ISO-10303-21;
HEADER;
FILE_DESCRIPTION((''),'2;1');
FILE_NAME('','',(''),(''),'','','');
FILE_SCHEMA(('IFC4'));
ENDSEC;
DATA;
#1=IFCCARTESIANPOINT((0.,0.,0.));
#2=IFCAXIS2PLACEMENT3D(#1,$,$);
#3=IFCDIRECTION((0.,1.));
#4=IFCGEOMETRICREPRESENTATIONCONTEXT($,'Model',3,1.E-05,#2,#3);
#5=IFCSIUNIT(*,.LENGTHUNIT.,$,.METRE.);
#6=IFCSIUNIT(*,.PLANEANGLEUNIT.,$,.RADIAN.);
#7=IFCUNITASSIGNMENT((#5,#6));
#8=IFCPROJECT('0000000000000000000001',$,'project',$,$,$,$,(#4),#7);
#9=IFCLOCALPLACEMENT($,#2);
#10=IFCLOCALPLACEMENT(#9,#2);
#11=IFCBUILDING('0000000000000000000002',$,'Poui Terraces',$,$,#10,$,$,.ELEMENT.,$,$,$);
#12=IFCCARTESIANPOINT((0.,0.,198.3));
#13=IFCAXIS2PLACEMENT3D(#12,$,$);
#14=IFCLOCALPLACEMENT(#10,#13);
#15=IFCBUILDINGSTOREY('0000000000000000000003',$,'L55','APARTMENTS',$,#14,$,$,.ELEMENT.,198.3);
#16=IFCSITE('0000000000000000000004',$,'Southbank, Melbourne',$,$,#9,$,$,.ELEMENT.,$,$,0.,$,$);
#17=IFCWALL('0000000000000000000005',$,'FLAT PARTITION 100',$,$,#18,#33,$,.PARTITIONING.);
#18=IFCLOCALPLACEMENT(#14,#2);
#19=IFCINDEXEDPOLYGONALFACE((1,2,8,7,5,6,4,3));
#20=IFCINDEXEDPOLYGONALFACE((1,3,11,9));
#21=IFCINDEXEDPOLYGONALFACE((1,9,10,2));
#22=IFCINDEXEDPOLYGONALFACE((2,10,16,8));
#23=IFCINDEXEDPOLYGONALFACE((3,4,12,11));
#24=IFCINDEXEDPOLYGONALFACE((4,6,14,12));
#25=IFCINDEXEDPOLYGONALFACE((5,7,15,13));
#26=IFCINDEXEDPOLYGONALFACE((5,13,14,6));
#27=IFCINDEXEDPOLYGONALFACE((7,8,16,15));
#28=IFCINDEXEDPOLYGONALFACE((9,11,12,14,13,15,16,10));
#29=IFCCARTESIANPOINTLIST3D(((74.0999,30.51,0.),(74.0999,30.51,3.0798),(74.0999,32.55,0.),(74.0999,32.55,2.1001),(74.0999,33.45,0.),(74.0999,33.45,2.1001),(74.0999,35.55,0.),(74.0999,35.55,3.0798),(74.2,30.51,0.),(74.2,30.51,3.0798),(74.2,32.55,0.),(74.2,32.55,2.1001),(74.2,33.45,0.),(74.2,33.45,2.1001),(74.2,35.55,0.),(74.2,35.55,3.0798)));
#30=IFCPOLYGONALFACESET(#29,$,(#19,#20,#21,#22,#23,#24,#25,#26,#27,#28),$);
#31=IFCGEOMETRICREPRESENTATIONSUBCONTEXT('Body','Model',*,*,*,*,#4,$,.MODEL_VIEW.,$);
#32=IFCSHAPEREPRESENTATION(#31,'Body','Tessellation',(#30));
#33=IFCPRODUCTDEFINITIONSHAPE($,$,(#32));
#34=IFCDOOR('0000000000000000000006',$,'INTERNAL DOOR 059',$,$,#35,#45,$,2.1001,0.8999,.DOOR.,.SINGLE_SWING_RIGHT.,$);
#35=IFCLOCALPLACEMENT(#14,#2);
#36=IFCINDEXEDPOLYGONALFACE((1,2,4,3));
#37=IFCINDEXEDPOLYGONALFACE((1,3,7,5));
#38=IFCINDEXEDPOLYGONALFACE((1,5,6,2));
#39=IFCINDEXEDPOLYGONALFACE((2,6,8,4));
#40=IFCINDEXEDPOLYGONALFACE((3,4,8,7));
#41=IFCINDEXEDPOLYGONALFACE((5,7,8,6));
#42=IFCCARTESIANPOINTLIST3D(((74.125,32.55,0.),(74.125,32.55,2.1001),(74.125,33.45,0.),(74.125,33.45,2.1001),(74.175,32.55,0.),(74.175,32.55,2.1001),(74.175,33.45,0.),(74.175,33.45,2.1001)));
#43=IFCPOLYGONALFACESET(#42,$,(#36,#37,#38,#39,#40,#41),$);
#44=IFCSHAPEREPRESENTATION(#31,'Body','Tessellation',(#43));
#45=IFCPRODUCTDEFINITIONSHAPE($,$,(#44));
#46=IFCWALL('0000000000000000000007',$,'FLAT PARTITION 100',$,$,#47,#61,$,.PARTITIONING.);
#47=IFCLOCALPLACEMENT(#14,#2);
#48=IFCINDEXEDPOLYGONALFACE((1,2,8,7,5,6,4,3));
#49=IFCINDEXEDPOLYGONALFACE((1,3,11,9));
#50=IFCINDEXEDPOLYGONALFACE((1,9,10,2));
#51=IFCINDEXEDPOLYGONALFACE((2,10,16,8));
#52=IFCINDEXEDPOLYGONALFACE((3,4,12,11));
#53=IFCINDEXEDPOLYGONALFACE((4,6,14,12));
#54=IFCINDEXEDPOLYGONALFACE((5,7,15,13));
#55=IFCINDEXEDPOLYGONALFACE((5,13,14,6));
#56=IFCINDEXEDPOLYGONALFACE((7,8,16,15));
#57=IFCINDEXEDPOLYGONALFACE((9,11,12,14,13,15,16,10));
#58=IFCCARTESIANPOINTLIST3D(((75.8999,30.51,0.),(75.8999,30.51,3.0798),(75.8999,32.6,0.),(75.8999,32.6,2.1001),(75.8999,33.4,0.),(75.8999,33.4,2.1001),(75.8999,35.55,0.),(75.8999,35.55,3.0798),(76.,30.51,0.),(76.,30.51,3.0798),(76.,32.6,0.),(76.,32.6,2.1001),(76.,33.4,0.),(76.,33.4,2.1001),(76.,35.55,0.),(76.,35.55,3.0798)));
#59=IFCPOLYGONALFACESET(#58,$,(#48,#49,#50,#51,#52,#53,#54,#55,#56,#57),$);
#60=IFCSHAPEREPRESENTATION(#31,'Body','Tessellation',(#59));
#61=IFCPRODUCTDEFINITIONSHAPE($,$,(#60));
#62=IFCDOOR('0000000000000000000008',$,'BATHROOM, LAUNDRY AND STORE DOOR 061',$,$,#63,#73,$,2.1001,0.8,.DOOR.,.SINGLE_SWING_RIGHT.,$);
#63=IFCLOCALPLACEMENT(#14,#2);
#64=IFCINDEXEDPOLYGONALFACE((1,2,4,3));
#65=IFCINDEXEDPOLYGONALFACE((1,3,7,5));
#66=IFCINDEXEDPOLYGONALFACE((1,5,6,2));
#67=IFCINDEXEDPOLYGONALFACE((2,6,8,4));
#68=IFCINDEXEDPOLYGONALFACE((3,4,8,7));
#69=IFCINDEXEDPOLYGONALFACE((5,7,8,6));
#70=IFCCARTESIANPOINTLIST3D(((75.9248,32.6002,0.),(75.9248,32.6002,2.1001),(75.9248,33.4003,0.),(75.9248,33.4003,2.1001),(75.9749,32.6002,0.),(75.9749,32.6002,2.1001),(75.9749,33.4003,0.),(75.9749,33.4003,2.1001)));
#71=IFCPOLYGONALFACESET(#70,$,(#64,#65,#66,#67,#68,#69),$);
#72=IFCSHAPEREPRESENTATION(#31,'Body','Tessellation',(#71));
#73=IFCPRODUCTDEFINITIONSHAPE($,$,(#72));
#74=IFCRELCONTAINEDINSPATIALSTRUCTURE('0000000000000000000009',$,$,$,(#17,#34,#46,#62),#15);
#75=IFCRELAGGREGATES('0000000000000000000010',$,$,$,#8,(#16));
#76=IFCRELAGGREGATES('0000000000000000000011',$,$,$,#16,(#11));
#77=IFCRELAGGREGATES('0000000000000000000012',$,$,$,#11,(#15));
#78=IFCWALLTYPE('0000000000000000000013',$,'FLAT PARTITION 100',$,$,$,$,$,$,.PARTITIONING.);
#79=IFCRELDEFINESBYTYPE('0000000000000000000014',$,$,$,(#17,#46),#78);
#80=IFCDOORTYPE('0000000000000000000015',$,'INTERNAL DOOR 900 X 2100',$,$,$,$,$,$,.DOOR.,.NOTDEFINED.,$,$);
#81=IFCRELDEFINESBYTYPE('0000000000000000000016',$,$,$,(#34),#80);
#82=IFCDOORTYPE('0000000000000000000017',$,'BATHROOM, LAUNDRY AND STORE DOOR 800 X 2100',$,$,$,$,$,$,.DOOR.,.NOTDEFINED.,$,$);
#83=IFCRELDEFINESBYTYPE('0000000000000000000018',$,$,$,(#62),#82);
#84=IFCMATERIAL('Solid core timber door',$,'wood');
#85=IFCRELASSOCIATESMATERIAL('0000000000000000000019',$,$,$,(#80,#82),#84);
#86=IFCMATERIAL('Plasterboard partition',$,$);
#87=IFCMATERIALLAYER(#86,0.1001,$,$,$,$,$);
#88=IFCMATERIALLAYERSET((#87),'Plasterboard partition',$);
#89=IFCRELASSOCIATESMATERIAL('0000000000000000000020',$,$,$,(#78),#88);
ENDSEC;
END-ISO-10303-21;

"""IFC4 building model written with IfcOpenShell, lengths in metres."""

from ifc_helpers import new_model, si_unit, direction, frame, frame_2d, origin, place, context, subcontext, project, spatial, rectangle, extrude, material, layer, layer_set, type_object, element, fill, save


model = new_model("IFC4")

# Units and contexts
model_context = context("Model", 3, precision=1e-05, world=origin(), true_north=direction((0.0, 1.0)))
body_context = subcontext(model_context, "Body", "Model", "MODEL_VIEW")
ifc_project = project(units=[si_unit("LENGTHUNIT", "METRE"), si_unit("PLANEANGLEUNIT", "RADIAN")], contexts=[model_context])

# Site, building, storey
site_placement = place(None, origin())
site = spatial("IfcSite", under=ifc_project, at=site_placement, Name="Southbank, Melbourne", CompositionType="ELEMENT", RefElevation=0.0)
building_placement = place(site_placement, origin())
building = spatial("IfcBuilding", under=site, at=building_placement, Name="Poui Terraces", CompositionType="ELEMENT")
storey_placement = place(building_placement, frame((0.0, 0.0, 198.3)))
storey = spatial("IfcBuildingStorey", under=building, at=storey_placement, Name="L55", Description="APARTMENTS", CompositionType="ELEMENT", Elevation=198.3)

# Shared definitions
ifc_material_1 = material(Name="Solid core timber door", Category="wood")
door_type_1 = type_object("IfcDoorType", Name="INTERNAL DOOR 900 X 2100", OperationType="NOTDEFINED", PredefinedType="DOOR", material=ifc_material_1)

# Shared definitions
ifc_material_2 = material(Name="Plasterboard partition")
ifc_layer_1 = layer(ifc_material_2, 0.1001)
ifc_layer_set_1 = layer_set([ifc_layer_1], Name="Plasterboard partition")
wall_type_1 = type_object("IfcWallType", Name="FLAT PARTITION 100", PredefinedType="PARTITIONING", material=ifc_layer_set_1)
door_type_2 = type_object("IfcDoorType", Name="BATHROOM, LAUNDRY AND STORE DOOR 800 X 2100", OperationType="NOTDEFINED", PredefinedType="DOOR", material=ifc_material_1)

# Walls, openings, doors
wall_1_placement = place(storey_placement, frame((74.1499, 30.51, 0.0), z_axis=(0.0, 0.0, 1.0), x_axis=(0.0, 1.0, 0.0)))
wall_1 = element("IfcWall", 1, at=wall_1_placement, inside=storey, type_object=wall_type_1, Name="FLAT PARTITION 100", PredefinedType="PARTITIONING", context=body_context, shape_type="SweptSolid", body=[
    extrude(rectangle(XDim=5.04, YDim=0.1001, at=frame_2d((2.52, 0.0))), origin(), (0.0, 0.0, 1.0), 3.0798),
])
opening_1_placement = place(wall_1_placement, frame((2.04, 0.0, 0.0)))
opening_1 = element("IfcOpeningElement", 2, at=opening_1_placement, cuts=wall_1, PredefinedType="OPENING", context=body_context, shape_type="SweptSolid", body=[
    extrude(rectangle(XDim=0.8999, YDim=2.1001, at=frame_2d((0.45, 1.05))), frame((0.0, 0.0601, 0.0), z_axis=(0.0, -1.0, 0.0), x_axis=(1.0, 0.0, 0.0)), (0.0, 0.0, 1.0), 0.1201),
])
door_1_placement = place(opening_1_placement, origin())
door_1 = element("IfcDoor", 3, at=door_1_placement, inside=storey, type_object=door_type_1, Name="INTERNAL DOOR 059", OperationType="SINGLE_SWING_RIGHT", OverallHeight=2.1001, OverallWidth=0.8999, PredefinedType="DOOR", context=body_context, shape_type="SweptSolid", body=[
    extrude(rectangle(XDim=0.8999, YDim=2.1001, at=frame_2d((0.45, 1.05))), frame((0.0, 0.0249, 0.0), z_axis=(0.0, -1.0, 0.0), x_axis=(1.0, 0.0, 0.0)), (0.0, 0.0, 1.0), 0.05),
])
fill(opening_1, door_1)
wall_2_placement = place(storey_placement, frame((75.95, 30.51, 0.0), z_axis=(0.0, 0.0, 1.0), x_axis=(0.0, 1.0, 0.0)))
wall_2 = element("IfcWall", 4, at=wall_2_placement, inside=storey, type_object=wall_type_1, Name="FLAT PARTITION 100", PredefinedType="PARTITIONING", context=body_context, shape_type="SweptSolid", body=[
    extrude(rectangle(XDim=5.04, YDim=0.1001, at=frame_2d((2.52, 0.0))), origin(), (0.0, 0.0, 1.0), 3.0798),
])
opening_2_placement = place(wall_2_placement, frame((2.0901, 0.0, 0.0)))
opening_2 = element("IfcOpeningElement", 5, at=opening_2_placement, cuts=wall_2, PredefinedType="OPENING", context=body_context, shape_type="SweptSolid", body=[
    extrude(rectangle(XDim=0.8, YDim=2.1001, at=frame_2d((0.3999, 1.05))), frame((0.0, 0.0601, 0.0), z_axis=(0.0, -1.0, 0.0), x_axis=(1.0, 0.0, 0.0)), (0.0, 0.0, 1.0), 0.1201),
])
door_2_placement = place(opening_2_placement, frame((0.8, 0.0, 0.0), z_axis=(0.0, 0.0, 1.0), x_axis=(-1.0, 0.0, 0.0)))
door_2 = element("IfcDoor", 6, at=door_2_placement, inside=storey, type_object=door_type_2, Name="BATHROOM, LAUNDRY AND STORE DOOR 061", OperationType="SINGLE_SWING_RIGHT", OverallHeight=2.1001, OverallWidth=0.8, PredefinedType="DOOR", context=body_context, shape_type="SweptSolid", body=[
    extrude(rectangle(XDim=0.8, YDim=2.1001, at=frame_2d((0.3999, 1.05))), frame((0.0, 0.0249, 0.0), z_axis=(0.0, -1.0, 0.0), x_axis=(1.0, 0.0, 0.0)), (0.0, 0.0, 1.0), 0.05),
])
fill(opening_2, door_2)

save(model, "model.ifc")
